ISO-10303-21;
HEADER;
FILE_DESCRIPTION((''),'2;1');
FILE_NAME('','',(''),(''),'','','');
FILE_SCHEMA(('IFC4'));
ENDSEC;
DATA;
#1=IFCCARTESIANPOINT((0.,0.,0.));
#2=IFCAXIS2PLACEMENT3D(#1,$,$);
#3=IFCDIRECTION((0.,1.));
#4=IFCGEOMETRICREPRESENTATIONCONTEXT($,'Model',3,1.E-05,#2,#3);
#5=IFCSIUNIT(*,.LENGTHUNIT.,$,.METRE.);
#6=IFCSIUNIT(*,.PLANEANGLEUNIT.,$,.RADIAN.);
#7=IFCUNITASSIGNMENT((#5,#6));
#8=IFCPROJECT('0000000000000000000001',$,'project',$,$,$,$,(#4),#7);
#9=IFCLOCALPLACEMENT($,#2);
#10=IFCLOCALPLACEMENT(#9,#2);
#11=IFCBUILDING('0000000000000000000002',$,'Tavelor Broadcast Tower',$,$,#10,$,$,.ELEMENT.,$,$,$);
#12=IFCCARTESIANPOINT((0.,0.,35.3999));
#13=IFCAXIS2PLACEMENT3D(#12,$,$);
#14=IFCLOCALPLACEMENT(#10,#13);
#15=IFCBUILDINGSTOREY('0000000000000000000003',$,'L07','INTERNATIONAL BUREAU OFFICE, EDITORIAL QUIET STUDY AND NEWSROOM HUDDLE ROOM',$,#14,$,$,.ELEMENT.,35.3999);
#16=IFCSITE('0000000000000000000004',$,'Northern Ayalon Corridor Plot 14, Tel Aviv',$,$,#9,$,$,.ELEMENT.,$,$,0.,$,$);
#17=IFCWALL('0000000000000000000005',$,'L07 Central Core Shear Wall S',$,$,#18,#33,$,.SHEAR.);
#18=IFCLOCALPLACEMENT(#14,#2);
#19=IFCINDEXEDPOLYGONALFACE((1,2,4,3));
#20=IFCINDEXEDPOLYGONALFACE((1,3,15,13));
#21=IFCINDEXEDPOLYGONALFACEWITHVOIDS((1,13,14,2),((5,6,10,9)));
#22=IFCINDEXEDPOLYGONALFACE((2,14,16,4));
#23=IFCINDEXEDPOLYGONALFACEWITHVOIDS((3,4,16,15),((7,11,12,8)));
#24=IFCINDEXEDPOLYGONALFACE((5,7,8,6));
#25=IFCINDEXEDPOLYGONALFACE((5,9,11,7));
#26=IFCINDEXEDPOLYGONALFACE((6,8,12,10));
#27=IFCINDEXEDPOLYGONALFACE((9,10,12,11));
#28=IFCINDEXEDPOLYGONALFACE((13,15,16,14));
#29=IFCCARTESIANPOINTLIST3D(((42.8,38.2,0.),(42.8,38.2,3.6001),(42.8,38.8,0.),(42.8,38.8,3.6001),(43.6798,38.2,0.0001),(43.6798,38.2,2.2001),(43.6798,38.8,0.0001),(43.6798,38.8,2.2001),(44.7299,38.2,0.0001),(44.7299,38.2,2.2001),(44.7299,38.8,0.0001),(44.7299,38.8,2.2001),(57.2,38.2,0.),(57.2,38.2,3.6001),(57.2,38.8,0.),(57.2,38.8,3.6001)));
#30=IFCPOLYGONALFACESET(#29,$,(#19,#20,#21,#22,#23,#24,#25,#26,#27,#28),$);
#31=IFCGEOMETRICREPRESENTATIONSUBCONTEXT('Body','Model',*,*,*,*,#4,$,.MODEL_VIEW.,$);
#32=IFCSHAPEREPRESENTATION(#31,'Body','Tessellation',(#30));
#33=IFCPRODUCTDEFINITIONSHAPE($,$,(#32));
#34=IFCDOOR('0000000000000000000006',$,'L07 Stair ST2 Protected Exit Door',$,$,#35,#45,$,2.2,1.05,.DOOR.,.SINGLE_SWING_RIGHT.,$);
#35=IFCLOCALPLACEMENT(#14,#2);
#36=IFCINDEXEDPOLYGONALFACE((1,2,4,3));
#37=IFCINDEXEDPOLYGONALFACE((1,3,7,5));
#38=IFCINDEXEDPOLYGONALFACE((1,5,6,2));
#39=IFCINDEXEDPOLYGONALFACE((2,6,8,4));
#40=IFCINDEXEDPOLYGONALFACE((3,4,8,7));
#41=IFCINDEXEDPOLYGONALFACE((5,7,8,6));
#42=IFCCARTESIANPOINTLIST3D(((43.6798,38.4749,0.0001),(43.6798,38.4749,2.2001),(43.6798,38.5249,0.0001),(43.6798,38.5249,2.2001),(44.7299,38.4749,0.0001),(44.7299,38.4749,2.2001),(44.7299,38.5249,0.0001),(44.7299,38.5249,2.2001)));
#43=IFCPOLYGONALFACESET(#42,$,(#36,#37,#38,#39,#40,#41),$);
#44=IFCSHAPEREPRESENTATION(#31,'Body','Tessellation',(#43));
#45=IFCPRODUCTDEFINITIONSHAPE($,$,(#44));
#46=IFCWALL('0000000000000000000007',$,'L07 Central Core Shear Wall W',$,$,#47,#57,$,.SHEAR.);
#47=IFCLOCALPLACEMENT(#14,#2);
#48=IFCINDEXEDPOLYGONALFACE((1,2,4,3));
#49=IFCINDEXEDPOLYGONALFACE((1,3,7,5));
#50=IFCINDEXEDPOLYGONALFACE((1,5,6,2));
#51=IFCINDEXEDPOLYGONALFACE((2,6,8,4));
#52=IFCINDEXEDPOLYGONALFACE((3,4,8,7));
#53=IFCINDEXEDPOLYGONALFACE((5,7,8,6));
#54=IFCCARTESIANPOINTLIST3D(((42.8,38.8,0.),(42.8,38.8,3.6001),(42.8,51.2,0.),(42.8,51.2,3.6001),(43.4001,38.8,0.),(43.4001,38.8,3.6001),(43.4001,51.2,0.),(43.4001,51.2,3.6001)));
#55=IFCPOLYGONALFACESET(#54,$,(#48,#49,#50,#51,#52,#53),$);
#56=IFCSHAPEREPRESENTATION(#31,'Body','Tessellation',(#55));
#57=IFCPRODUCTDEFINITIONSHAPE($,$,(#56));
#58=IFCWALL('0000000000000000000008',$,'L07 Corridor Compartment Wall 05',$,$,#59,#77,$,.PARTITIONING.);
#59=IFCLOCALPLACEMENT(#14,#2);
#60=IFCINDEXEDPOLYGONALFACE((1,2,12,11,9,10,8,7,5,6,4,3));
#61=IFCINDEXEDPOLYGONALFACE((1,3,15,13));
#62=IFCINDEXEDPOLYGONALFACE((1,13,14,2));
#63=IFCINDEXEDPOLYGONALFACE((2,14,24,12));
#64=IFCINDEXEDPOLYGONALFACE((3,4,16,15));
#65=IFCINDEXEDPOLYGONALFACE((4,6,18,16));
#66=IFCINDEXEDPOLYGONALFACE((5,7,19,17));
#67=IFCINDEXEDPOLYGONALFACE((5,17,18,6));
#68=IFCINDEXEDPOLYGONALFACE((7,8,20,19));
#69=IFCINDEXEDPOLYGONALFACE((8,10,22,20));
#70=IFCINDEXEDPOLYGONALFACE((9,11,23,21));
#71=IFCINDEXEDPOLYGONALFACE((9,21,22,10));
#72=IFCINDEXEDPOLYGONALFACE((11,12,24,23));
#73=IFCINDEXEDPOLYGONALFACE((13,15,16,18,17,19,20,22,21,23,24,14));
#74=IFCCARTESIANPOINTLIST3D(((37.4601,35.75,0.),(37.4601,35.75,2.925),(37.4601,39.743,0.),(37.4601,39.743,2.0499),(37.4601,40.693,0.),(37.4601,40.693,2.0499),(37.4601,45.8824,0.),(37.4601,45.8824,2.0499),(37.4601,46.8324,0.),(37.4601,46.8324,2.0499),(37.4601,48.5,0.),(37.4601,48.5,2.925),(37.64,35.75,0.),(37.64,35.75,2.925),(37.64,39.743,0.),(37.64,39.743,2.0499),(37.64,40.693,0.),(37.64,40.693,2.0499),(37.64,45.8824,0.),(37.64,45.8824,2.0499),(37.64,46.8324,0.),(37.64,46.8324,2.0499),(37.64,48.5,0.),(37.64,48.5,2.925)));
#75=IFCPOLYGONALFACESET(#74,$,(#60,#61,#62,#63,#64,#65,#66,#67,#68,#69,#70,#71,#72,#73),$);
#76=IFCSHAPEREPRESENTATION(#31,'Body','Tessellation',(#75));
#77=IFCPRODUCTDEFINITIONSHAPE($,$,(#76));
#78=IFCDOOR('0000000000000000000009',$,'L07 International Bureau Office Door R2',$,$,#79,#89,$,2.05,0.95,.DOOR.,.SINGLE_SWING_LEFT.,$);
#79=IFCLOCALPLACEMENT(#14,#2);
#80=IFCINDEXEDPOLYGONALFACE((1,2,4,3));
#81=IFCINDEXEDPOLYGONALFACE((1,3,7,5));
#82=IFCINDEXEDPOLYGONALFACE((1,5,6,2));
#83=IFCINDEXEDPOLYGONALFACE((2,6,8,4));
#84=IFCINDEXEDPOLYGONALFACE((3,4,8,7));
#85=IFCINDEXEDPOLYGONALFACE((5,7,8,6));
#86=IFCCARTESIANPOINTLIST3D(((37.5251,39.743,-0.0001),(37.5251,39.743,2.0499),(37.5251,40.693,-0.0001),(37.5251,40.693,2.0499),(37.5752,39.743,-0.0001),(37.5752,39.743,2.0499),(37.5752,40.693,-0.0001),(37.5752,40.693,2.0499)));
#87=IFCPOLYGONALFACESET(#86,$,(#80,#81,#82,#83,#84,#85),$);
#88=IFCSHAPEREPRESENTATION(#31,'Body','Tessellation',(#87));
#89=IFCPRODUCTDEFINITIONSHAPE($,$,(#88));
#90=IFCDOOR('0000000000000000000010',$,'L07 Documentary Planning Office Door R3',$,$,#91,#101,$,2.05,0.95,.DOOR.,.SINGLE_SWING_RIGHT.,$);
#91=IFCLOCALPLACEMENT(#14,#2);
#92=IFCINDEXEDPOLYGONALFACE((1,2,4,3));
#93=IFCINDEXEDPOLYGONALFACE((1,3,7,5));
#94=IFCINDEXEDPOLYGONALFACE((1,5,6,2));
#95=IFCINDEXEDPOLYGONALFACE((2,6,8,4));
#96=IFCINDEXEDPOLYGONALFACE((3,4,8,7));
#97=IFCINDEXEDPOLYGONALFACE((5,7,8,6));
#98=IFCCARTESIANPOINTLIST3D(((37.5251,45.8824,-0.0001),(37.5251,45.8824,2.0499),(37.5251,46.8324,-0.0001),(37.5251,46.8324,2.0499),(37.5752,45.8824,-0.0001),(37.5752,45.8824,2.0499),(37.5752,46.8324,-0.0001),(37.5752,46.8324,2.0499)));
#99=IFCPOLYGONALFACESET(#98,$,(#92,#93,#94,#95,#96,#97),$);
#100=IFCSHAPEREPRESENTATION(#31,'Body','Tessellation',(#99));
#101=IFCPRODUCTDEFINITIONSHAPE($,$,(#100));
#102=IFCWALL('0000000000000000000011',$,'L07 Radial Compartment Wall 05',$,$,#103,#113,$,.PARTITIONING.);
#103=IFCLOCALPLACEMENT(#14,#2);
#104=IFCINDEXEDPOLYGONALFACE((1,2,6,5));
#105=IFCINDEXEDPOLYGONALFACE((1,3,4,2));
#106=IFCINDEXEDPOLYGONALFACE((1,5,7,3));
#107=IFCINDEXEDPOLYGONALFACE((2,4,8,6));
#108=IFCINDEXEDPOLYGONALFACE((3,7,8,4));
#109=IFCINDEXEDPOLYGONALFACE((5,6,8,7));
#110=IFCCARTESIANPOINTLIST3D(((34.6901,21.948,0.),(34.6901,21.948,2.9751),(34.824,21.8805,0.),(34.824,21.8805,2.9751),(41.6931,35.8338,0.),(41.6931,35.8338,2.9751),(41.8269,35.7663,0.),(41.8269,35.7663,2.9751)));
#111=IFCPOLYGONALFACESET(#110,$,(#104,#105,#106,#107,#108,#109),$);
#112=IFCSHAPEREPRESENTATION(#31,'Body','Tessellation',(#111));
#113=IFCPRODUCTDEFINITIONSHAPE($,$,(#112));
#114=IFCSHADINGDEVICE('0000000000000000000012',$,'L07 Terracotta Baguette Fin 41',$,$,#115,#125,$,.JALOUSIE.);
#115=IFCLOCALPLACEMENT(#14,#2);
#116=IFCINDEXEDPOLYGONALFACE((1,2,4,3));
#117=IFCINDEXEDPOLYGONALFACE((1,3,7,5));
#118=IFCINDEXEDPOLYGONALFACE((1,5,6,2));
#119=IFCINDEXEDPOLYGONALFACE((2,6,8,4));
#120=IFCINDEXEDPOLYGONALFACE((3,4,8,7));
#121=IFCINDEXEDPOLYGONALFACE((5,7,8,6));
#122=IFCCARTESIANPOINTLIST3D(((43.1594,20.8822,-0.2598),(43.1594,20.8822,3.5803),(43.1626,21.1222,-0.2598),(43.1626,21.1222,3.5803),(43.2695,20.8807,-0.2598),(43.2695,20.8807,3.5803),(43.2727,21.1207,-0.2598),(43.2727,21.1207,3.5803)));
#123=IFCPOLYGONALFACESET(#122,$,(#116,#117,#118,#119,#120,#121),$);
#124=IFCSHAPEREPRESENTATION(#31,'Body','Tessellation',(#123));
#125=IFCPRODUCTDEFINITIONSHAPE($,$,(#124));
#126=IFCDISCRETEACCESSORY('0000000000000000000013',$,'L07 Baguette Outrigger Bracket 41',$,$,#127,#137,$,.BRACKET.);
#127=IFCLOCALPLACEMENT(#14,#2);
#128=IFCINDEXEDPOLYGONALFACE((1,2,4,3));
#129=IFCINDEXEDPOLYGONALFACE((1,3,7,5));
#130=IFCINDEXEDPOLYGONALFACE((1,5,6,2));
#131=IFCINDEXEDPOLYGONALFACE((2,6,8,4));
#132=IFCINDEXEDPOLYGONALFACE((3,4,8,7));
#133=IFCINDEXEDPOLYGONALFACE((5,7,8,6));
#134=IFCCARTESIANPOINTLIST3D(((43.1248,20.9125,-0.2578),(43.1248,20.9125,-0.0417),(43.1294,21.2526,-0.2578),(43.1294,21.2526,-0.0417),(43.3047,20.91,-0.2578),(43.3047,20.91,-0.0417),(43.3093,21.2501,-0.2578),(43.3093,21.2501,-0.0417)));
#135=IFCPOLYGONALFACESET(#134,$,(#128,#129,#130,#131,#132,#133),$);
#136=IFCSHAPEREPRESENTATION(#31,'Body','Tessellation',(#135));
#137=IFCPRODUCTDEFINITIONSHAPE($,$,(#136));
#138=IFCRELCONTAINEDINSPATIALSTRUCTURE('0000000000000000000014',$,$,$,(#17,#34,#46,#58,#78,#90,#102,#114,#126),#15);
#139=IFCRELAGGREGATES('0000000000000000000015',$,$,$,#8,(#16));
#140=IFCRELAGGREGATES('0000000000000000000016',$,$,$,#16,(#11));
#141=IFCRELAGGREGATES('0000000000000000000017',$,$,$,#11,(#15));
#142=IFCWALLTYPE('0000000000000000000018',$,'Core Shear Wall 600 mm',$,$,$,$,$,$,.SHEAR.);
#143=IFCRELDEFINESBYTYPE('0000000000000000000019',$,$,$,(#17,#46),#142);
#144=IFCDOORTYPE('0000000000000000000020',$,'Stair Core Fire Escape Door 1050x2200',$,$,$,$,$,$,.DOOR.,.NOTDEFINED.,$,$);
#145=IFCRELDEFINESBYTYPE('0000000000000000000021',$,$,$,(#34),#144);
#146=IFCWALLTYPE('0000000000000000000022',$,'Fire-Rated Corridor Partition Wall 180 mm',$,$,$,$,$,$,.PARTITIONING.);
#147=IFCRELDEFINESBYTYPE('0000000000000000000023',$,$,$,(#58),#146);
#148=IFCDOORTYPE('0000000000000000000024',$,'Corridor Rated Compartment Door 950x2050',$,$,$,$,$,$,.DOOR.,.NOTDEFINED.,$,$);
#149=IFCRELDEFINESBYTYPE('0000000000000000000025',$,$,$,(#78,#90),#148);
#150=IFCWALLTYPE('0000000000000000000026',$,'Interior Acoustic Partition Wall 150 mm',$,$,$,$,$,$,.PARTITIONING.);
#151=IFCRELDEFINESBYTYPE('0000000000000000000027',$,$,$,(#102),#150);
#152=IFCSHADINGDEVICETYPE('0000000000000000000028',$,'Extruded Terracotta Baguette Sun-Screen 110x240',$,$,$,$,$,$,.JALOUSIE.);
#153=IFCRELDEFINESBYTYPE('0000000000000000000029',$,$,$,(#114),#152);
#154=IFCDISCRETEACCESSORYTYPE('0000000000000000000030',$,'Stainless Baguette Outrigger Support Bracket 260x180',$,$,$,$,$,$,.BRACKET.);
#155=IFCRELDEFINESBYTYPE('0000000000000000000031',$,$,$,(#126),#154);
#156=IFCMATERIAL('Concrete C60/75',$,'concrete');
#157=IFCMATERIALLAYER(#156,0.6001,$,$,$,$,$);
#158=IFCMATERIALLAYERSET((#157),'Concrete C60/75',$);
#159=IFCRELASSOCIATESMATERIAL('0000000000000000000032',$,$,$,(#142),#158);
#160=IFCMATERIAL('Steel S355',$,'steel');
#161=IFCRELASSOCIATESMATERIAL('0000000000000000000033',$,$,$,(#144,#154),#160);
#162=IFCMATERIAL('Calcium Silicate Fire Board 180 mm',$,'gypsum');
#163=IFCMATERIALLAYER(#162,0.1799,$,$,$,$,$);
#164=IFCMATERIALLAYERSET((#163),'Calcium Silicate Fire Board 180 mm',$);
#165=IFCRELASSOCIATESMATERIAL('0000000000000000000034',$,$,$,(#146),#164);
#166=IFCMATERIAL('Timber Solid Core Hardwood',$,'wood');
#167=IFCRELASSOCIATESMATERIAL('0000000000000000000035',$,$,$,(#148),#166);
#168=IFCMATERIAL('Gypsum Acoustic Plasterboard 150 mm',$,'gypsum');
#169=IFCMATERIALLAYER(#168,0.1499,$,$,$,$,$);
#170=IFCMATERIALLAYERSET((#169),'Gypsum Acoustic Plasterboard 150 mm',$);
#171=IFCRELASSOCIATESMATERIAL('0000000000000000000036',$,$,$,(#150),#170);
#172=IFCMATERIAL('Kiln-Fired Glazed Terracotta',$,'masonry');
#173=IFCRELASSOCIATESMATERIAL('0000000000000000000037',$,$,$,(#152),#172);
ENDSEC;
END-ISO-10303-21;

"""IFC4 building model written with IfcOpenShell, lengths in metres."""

from ifc_helpers import new_model, si_unit, direction, frame, frame_2d, origin, origin_2d, place, context, subcontext, project, spatial, rectangle, extrude, source, transform, mapped, material, layer, layer_set, type_object, type_shapes, element, fill, save


model = new_model("IFC4")

# Units and contexts
model_context = context("Model", 3, precision=1e-05, world=origin(), true_north=direction((0.0, 1.0)))
body_context = subcontext(model_context, "Body", "Model", "MODEL_VIEW")
ifc_project = project(units=[si_unit("LENGTHUNIT", "METRE"), si_unit("PLANEANGLEUNIT", "RADIAN")], contexts=[model_context])

# Site, building, storey
site_placement = place(None, origin())
site = spatial("IfcSite", under=ifc_project, at=site_placement, Name="Northern Ayalon Corridor Plot 14, Tel Aviv", CompositionType="ELEMENT", RefElevation=0.0)
building_placement = place(site_placement, origin())
building = spatial("IfcBuilding", under=site, at=building_placement, Name="Tavelor Broadcast Tower", CompositionType="ELEMENT")
storey_placement = place(building_placement, frame((0.0, 0.0, 35.3999)))
storey = spatial("IfcBuildingStorey", under=building, at=storey_placement, Name="L07", Description="INTERNATIONAL BUREAU OFFICE, EDITORIAL QUIET STUDY AND NEWSROOM HUDDLE ROOM", CompositionType="ELEMENT", Elevation=35.3999)

# Shared definitions
ifc_material_1 = material(Name="Steel S355", Category="steel")

# Wall, opening, door
ifc_material_2 = material(Name="Concrete C60/75", Category="concrete")
ifc_layer_1 = layer(ifc_material_2, 0.6001)
ifc_layer_set_1 = layer_set([ifc_layer_1], Name="Concrete C60/75")
wall_type_1 = type_object("IfcWallType", Name="Core Shear Wall 600 mm", PredefinedType="SHEAR", material=ifc_layer_set_1)
wall_1_placement = place(storey_placement, frame((42.8, 38.5, 0.0), z_axis=(0.0, 0.0, 1.0), x_axis=(1.0, 0.0, 0.0)))
wall_1 = element("IfcWall", 1, at=wall_1_placement, inside=storey, type_object=wall_type_1, Name="L07 Central Core Shear Wall S", PredefinedType="SHEAR", context=body_context, shape_type="SweptSolid", body=[
    extrude(rectangle(XDim=14.3999, YDim=0.6001, at=frame_2d((7.2, 0.0))), origin(), (0.0, 0.0, 1.0), 3.6001),
])
opening_1_placement = place(wall_1_placement, frame((0.8799, 0.0, 0.0)))
opening_1 = element("IfcOpeningElement", 2, at=opening_1_placement, cuts=wall_1, PredefinedType="OPENING", context=body_context, shape_type="SweptSolid", body=[
    extrude(rectangle(XDim=1.05, YDim=2.2, at=frame_2d((0.5249, 1.1001))), frame((0.0, 0.3101, 0.0), z_axis=(0.0, -1.0, 0.0), x_axis=(1.0, 0.0, 0.0)), (0.0, 0.0, 1.0), 0.6201),
])
door_type_1 = type_object("IfcDoorType", Name="Stair Core Fire Escape Door 1050x2200", OperationType="NOTDEFINED", PredefinedType="DOOR", material=ifc_material_1)
door_1_placement = place(opening_1_placement, origin())
door_1 = element("IfcDoor", 3, at=door_1_placement, inside=storey, type_object=door_type_1, Name="L07 Stair ST2 Protected Exit Door", OperationType="SINGLE_SWING_RIGHT", OverallHeight=2.2, OverallWidth=1.05, PredefinedType="DOOR", context=body_context, shape_type="SweptSolid", body=[
    extrude(rectangle(XDim=1.05, YDim=2.2, at=frame_2d((0.5249, 1.1001))), frame((0.0, 0.0249, 0.0), z_axis=(0.0, -1.0, 0.0), x_axis=(1.0, 0.0, 0.0)), (0.0, 0.0, 1.0), 0.05),
])
fill(opening_1, door_1)

# Wall
wall_2_placement = place(storey_placement, frame((43.1001, 38.8, 0.0), z_axis=(0.0, 0.0, 1.0), x_axis=(0.0, 1.0, 0.0)))
element("IfcWall", 4, at=wall_2_placement, inside=storey, type_object=wall_type_1, Name="L07 Central Core Shear Wall W", PredefinedType="SHEAR", context=body_context, shape_type="SweptSolid", body=[
    extrude(rectangle(XDim=12.3999, YDim=0.6001, at=frame_2d((6.2, 0.0))), origin(), (0.0, 0.0, 1.0), 3.6001),
])

# Wall, openings, doors
ifc_material_3 = material(Name="Calcium Silicate Fire Board 180 mm", Category="gypsum")
ifc_layer_2 = layer(ifc_material_3, 0.1799)
ifc_layer_set_2 = layer_set([ifc_layer_2], Name="Calcium Silicate Fire Board 180 mm")
wall_type_2 = type_object("IfcWallType", Name="Fire-Rated Corridor Partition Wall 180 mm", PredefinedType="PARTITIONING", material=ifc_layer_set_2)
wall_3_placement = place(storey_placement, frame((37.55, 35.75, 0.0), z_axis=(0.0, 0.0, 1.0), x_axis=(0.0, 1.0, 0.0)))
wall_3 = element("IfcWall", 5, at=wall_3_placement, inside=storey, type_object=wall_type_2, Name="L07 Corridor Compartment Wall 05", PredefinedType="PARTITIONING", context=body_context, shape_type="SweptSolid", body=[
    extrude(rectangle(XDim=12.75, YDim=0.1799, at=frame_2d((6.375, 0.0))), origin(), (0.0, 0.0, 1.0), 2.925),
])
opening_2_placement = place(wall_3_placement, frame((3.9929, 0.0, 0.0)))
opening_2 = element("IfcOpeningElement", 6, at=opening_2_placement, cuts=wall_3, PredefinedType="OPENING", context=body_context, shape_type="SweptSolid", body=[
    extrude(rectangle(XDim=0.95, YDim=2.05, at=frame_2d((0.4751, 1.0249))), frame((0.0, 0.1001, 0.0), z_axis=(0.0, -1.0, 0.0), x_axis=(1.0, 0.0, 0.0)), (0.0, 0.0, 1.0), 0.2),
])
opening_3_placement = place(wall_3_placement, frame((10.1323, 0.0, 0.0)))
opening_3 = element("IfcOpeningElement", 7, at=opening_3_placement, cuts=wall_3, PredefinedType="OPENING", context=body_context, shape_type="SweptSolid", body=[
    extrude(rectangle(XDim=0.95, YDim=2.05, at=frame_2d((0.4751, 1.0249))), frame((0.0, 0.1001, 0.0), z_axis=(0.0, -1.0, 0.0), x_axis=(1.0, 0.0, 0.0)), (0.0, 0.0, 1.0), 0.2),
])
ifc_material_4 = material(Name="Timber Solid Core Hardwood", Category="wood")
door_type_2 = type_object("IfcDoorType", Name="Corridor Rated Compartment Door 950x2050", OperationType="NOTDEFINED", PredefinedType="DOOR", material=ifc_material_4)
door_2_placement = place(opening_2_placement, origin())
door_2 = element("IfcDoor", 8, at=door_2_placement, inside=storey, type_object=door_type_2, Name="L07 International Bureau Office Door R2", OperationType="SINGLE_SWING_LEFT", OverallHeight=2.05, OverallWidth=0.95, PredefinedType="DOOR", context=body_context, shape_type="SweptSolid", body=[
    extrude(rectangle(XDim=0.95, YDim=2.05, at=frame_2d((0.4751, 1.0249))), frame((0.0, 0.0249, 0.0), z_axis=(0.0, -1.0, 0.0), x_axis=(1.0, 0.0, 0.0)), (0.0, 0.0, 1.0), 0.05),
])
fill(opening_2, door_2)
door_3_placement = place(opening_3_placement, origin())
door_3 = element("IfcDoor", 9, at=door_3_placement, inside=storey, type_object=door_type_2, Name="L07 Documentary Planning Office Door R3", OperationType="SINGLE_SWING_RIGHT", OverallHeight=2.05, OverallWidth=0.95, PredefinedType="DOOR", context=body_context, shape_type="SweptSolid", body=[
    extrude(rectangle(XDim=0.95, YDim=2.05, at=frame_2d((0.4751, 1.0249))), frame((0.0, 0.0249, 0.0), z_axis=(0.0, -1.0, 0.0), x_axis=(1.0, 0.0, 0.0)), (0.0, 0.0, 1.0), 0.05),
])
fill(opening_3, door_3)

# Wall
ifc_material_5 = material(Name="Gypsum Acoustic Plasterboard 150 mm", Category="gypsum")
ifc_layer_3 = layer(ifc_material_5, 0.1499)
ifc_layer_set_3 = layer_set([ifc_layer_3], Name="Gypsum Acoustic Plasterboard 150 mm")
wall_type_3 = type_object("IfcWallType", Name="Interior Acoustic Partition Wall 150 mm", PredefinedType="PARTITIONING", material=ifc_layer_set_3)
wall_4_placement = place(storey_placement, frame((41.76, 35.8, 0.0), z_axis=(0.0, 0.0, 1.0), x_axis=(-0.4503, -0.892877, 0.0)))
element("IfcWall", 10, at=wall_4_placement, inside=storey, type_object=wall_type_3, Name="L07 Radial Compartment Wall 05", PredefinedType="PARTITIONING", context=body_context, shape_type="SweptSolid", body=[
    extrude(rectangle(XDim=15.5518, YDim=0.1499, at=frame_2d((7.7759, 0.0))), origin(), (0.0, 0.0, 1.0), 2.9751),
])

# Shading device
ifc_material_6 = material(Name="Kiln-Fired Glazed Terracotta", Category="masonry")
shading_device_type = type_object("IfcShadingDeviceType", Name="Extruded Terracotta Baguette Sun-Screen 110x240", PredefinedType="JALOUSIE", material=ifc_material_6)
shared_shape_1 = source(origin(), body_context, "Body", "SweptSolid", [
    extrude(rectangle(XDim=0.1101, YDim=0.24, at=origin_2d()), origin(), (0.0, 0.0, 1.0), 3.8401),
])
type_shapes(shading_device_type, [shared_shape_1])
shading_device_placement = place(storey_placement, frame((43.2161, 21.0015, -0.2598), z_axis=(0.0, 0.0, 1.0), x_axis=(0.999907, -0.013613, 0.0)))
element("IfcShadingDevice", 11, at=shading_device_placement, inside=storey, type_object=shading_device_type, Name="L07 Terracotta Baguette Fin 41", PredefinedType="JALOUSIE", context=body_context, shape_type="MappedRepresentation", body=[
    mapped(shared_shape_1, transform((0.0, 0.0, 0.0), scale=1.0)),
])

# Discrete accessory
discrete_accessory_type = type_object("IfcDiscreteAccessoryType", Name="Stainless Baguette Outrigger Support Bracket 260x180", PredefinedType="BRACKET", material=ifc_material_1)
shared_shape_2 = source(origin(), body_context, "Body", "SweptSolid", [
    extrude(rectangle(XDim=0.1799, YDim=0.3401, at=origin_2d()), origin(), (0.0, 0.0, 1.0), 0.2161),
])
type_shapes(discrete_accessory_type, [shared_shape_2])
discrete_accessory_placement = place(storey_placement, frame((43.217, 21.0813, -0.2578), z_axis=(0.0, 0.0, 1.0), x_axis=(0.999907, -0.013613, 0.0)))
element("IfcDiscreteAccessory", 12, at=discrete_accessory_placement, inside=storey, type_object=discrete_accessory_type, Name="L07 Baguette Outrigger Bracket 41", PredefinedType="BRACKET", context=body_context, shape_type="MappedRepresentation", body=[
    mapped(shared_shape_2, transform((0.0, 0.0, 0.0), scale=1.0)),
])

save(model, "model.ifc")
